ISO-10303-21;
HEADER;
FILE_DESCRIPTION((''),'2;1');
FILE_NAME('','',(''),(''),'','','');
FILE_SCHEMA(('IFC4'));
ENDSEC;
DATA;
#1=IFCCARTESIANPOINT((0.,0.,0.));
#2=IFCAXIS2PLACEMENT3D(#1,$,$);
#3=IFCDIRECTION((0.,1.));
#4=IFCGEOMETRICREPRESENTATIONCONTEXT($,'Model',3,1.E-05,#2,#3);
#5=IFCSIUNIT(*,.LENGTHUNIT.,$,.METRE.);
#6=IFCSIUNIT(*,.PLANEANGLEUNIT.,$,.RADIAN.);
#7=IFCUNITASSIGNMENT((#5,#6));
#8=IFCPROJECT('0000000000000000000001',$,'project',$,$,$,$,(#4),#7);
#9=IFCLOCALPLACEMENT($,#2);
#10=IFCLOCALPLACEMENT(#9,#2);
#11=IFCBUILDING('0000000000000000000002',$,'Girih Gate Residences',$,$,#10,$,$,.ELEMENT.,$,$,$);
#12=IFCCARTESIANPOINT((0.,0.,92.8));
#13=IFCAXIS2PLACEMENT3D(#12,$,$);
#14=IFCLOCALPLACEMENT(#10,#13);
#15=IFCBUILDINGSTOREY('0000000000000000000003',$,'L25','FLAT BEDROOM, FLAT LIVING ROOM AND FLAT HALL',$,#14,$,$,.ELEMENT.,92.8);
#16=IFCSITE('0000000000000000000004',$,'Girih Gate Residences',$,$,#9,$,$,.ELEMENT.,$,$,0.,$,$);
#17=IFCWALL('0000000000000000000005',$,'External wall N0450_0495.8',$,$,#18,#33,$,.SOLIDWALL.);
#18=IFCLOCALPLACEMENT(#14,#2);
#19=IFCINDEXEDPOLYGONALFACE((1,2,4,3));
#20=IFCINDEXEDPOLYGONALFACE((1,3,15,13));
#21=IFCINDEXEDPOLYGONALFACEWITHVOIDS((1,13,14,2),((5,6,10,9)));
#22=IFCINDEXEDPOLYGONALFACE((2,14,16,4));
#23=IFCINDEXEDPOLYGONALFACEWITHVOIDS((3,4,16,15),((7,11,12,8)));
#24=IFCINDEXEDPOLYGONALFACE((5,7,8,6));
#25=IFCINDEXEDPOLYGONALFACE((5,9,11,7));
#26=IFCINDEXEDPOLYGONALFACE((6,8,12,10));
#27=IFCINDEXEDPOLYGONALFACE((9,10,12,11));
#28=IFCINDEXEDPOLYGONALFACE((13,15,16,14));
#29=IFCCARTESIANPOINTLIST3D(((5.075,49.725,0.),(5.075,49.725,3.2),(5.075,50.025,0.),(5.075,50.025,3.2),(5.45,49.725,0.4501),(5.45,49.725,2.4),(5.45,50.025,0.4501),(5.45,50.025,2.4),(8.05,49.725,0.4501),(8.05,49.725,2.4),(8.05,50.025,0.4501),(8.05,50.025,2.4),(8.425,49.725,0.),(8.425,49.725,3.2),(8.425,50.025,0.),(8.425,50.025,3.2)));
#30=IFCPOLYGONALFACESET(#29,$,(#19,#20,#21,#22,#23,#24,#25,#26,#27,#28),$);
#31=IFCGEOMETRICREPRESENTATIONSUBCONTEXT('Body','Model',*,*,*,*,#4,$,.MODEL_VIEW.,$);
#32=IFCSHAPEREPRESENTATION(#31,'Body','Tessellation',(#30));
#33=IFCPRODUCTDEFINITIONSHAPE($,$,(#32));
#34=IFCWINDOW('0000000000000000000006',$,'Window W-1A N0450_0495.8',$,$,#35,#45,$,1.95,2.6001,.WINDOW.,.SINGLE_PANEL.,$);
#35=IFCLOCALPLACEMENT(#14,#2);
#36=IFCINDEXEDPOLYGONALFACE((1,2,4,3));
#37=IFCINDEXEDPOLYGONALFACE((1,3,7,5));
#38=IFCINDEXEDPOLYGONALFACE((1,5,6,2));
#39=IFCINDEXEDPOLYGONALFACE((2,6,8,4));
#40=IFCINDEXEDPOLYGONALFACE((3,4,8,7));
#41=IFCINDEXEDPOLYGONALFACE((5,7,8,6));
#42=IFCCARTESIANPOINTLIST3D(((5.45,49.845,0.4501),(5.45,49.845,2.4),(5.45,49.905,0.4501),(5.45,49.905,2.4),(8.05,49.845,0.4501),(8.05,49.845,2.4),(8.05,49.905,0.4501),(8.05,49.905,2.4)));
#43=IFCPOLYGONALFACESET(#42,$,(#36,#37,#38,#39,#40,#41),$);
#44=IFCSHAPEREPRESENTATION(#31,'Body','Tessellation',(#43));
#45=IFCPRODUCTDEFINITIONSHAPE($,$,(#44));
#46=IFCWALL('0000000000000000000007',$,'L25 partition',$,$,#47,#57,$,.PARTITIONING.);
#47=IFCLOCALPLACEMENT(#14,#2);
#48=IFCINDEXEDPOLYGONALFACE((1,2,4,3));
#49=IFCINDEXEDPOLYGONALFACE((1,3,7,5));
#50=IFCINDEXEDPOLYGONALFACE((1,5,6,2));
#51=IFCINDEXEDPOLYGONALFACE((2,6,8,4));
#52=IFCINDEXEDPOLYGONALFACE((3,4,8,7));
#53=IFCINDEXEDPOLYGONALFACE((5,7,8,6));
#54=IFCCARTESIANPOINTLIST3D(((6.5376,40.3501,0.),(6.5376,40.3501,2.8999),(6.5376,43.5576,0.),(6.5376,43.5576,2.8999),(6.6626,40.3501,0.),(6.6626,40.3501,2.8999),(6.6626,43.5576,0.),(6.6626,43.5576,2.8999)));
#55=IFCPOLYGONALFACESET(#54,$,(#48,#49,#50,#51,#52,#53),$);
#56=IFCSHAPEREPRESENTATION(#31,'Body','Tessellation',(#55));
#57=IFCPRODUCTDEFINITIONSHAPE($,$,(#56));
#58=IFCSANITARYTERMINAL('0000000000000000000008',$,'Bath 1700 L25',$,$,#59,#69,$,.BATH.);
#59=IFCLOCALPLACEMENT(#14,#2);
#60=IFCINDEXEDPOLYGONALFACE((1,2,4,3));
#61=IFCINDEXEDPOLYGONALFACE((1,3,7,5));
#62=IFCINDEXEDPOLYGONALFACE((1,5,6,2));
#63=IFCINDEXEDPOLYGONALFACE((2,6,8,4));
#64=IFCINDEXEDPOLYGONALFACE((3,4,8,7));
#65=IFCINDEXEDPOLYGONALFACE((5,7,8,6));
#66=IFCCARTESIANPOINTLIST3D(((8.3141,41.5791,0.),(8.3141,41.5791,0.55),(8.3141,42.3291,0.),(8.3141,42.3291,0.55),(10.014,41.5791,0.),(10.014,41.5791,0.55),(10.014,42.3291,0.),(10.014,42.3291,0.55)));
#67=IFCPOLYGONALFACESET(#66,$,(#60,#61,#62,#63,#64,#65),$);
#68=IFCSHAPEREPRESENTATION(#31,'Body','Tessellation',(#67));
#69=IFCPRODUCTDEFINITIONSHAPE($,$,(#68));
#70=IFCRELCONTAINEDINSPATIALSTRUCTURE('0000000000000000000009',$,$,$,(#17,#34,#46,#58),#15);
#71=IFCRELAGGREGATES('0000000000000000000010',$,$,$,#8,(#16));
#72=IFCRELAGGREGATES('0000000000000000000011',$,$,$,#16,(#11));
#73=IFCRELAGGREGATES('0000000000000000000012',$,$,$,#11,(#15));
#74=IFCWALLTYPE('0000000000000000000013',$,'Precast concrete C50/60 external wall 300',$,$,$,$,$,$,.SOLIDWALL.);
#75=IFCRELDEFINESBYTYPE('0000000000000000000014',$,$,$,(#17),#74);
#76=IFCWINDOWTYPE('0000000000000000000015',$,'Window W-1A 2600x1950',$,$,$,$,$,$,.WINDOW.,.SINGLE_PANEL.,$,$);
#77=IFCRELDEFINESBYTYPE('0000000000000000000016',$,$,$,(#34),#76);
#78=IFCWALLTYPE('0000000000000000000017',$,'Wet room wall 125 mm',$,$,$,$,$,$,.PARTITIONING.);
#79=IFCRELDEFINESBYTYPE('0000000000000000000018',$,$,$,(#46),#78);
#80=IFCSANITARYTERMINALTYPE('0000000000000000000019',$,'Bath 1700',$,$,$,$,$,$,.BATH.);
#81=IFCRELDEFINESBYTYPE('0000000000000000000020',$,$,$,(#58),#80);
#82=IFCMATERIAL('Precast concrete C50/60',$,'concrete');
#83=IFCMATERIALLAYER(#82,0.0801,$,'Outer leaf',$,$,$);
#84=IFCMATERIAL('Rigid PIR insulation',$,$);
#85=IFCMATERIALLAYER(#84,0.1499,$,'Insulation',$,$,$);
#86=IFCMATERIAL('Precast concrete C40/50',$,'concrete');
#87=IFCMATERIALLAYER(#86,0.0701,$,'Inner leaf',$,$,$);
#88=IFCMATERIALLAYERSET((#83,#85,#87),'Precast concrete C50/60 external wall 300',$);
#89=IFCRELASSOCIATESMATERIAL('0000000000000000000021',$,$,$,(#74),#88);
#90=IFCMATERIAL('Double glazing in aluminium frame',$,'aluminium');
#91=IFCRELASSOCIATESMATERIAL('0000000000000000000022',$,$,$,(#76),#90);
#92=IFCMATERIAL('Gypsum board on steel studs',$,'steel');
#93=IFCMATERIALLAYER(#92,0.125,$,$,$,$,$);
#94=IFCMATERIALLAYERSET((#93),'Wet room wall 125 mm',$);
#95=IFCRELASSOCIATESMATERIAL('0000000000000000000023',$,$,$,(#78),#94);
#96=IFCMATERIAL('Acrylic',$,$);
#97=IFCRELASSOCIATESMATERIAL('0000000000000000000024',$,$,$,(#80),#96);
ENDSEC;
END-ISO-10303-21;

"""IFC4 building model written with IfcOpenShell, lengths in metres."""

from ifc_helpers import new_model, si_unit, direction, frame, frame_2d, origin, origin_2d, place, context, subcontext, project, spatial, rectangle, extrude, material, layer, layer_set, type_object, element, fill, save


model = new_model("IFC4")

# Units and contexts
model_context = context("Model", 3, precision=1e-05, world=origin(), true_north=direction((0.0, 1.0)))
body_context = subcontext(model_context, "Body", "Model", "MODEL_VIEW")
ifc_project = project(units=[si_unit("LENGTHUNIT", "METRE"), si_unit("PLANEANGLEUNIT", "RADIAN")], contexts=[model_context])

# Site, building, storey
site_placement = place(None, origin())
site = spatial("IfcSite", under=ifc_project, at=site_placement, Name="Girih Gate Residences", CompositionType="ELEMENT", RefElevation=0.0)
building_placement = place(site_placement, origin())
building = spatial("IfcBuilding", under=site, at=building_placement, Name="Girih Gate Residences", CompositionType="ELEMENT")
storey_placement = place(building_placement, frame((0.0, 0.0, 92.8)))
storey = spatial("IfcBuildingStorey", under=building, at=storey_placement, Name="L25", Description="FLAT BEDROOM, FLAT LIVING ROOM AND FLAT HALL", CompositionType="ELEMENT", Elevation=92.8)

# Shared definitions
ifc_material_1 = material(Name="Gypsum board on steel studs", Category="steel")

# Wall, opening, window
ifc_material_2 = material(Name="Precast concrete C50/60", Category="concrete")
ifc_layer_1 = layer(ifc_material_2, 0.0801, Name="Outer leaf")
ifc_material_3 = material(Name="Rigid PIR insulation")
ifc_layer_2 = layer(ifc_material_3, 0.1499, Name="Insulation")
ifc_material_4 = material(Name="Precast concrete C40/50", Category="concrete")
ifc_layer_3 = layer(ifc_material_4, 0.0701, Name="Inner leaf")
ifc_layer_set_1 = layer_set([ifc_layer_1, ifc_layer_2, ifc_layer_3], Name="Precast concrete C50/60 external wall 300")
wall_type_1 = type_object("IfcWallType", Name="Precast concrete C50/60 external wall 300", PredefinedType="SOLIDWALL", material=ifc_layer_set_1)
ifc_material_5 = material(Name="Double glazing in aluminium frame", Category="aluminium")
window_type = type_object("IfcWindowType", Name="Window W-1A 2600x1950", PartitioningType="SINGLE_PANEL", PredefinedType="WINDOW", material=ifc_material_5)
wall_1_placement = place(storey_placement, frame((5.075, 49.875, 0.0), z_axis=(0.0, 0.0, 1.0), x_axis=(1.0, 0.0, 0.0)))
wall_1 = element("IfcWall", 1, at=wall_1_placement, inside=storey, type_object=wall_type_1, Name="External wall N0450_0495.8", PredefinedType="SOLIDWALL", context=body_context, shape_type="SweptSolid", body=[
    extrude(rectangle(XDim=3.3501, YDim=0.3, at=frame_2d((1.675, 0.0))), origin(), (0.0, 0.0, 1.0), 3.2),
])
opening_1_placement = place(wall_1_placement, frame((0.375, 0.0, 0.45)))
opening_1 = element("IfcOpeningElement", 2, at=opening_1_placement, cuts=wall_1, PredefinedType="OPENING", context=body_context, shape_type="SweptSolid", body=[
    extrude(rectangle(XDim=2.6001, YDim=1.95, at=frame_2d((1.3, 0.9751))), frame((0.0, 0.1599, 0.0), z_axis=(0.0, -1.0, 0.0), x_axis=(1.0, 0.0, 0.0)), (0.0, 0.0, 1.0), 0.3201),
])
window_1_placement = place(opening_1_placement, origin())
window_1 = element("IfcWindow", 3, at=window_1_placement, inside=storey, type_object=window_type, Name="Window W-1A N0450_0495.8", OverallHeight=1.95, OverallWidth=2.6001, PartitioningType="SINGLE_PANEL", PredefinedType="WINDOW", context=body_context, shape_type="SweptSolid", body=[
    extrude(rectangle(XDim=2.6001, YDim=1.95, at=frame_2d((1.3, 0.9751))), frame((0.0, 0.03, 0.0), z_axis=(0.0, -1.0, 0.0), x_axis=(1.0, 0.0, 0.0)), (0.0, 0.0, 1.0), 0.0601),
])
fill(opening_1, window_1)

# Wall
ifc_layer_4 = layer(ifc_material_1, 0.125)
ifc_layer_set_2 = layer_set([ifc_layer_4], Name="Wet room wall 125 mm")
wall_type_2 = type_object("IfcWallType", Name="Wet room wall 125 mm", PredefinedType="PARTITIONING", material=ifc_layer_set_2)
wall_2_placement = place(storey_placement, frame((6.6001, 40.3501, 0.0), z_axis=(0.0, 0.0, 1.0), x_axis=(0.0, 1.0, 0.0)))
element("IfcWall", 4, at=wall_2_placement, inside=storey, type_object=wall_type_2, Name="L25 partition", PredefinedType="PARTITIONING", context=body_context, shape_type="SweptSolid", body=[
    extrude(rectangle(XDim=3.2075, YDim=0.125, at=frame_2d((1.6038, 0.0))), origin(), (0.0, 0.0, 1.0), 2.8999),
])

# Sanitary terminal
ifc_material_6 = material(Name="Acrylic")
sanitary_terminal_type = type_object("IfcSanitaryTerminalType", Name="Bath 1700", PredefinedType="BATH", material=ifc_material_6)
sanitary_terminal_placement = place(storey_placement, frame((9.1641, 41.9541, 0.0), z_axis=(0.0, 0.0, 1.0), x_axis=(1.0, 0.0, 0.0)))
element("IfcSanitaryTerminal", 5, at=sanitary_terminal_placement, inside=storey, type_object=sanitary_terminal_type, Name="Bath 1700 L25", PredefinedType="BATH", context=body_context, shape_type="SweptSolid", body=[
    extrude(rectangle(XDim=1.7, YDim=0.75, at=origin_2d()), origin(), (0.0, 0.0, 1.0), 0.55),
])

save(model, "model.ifc")
